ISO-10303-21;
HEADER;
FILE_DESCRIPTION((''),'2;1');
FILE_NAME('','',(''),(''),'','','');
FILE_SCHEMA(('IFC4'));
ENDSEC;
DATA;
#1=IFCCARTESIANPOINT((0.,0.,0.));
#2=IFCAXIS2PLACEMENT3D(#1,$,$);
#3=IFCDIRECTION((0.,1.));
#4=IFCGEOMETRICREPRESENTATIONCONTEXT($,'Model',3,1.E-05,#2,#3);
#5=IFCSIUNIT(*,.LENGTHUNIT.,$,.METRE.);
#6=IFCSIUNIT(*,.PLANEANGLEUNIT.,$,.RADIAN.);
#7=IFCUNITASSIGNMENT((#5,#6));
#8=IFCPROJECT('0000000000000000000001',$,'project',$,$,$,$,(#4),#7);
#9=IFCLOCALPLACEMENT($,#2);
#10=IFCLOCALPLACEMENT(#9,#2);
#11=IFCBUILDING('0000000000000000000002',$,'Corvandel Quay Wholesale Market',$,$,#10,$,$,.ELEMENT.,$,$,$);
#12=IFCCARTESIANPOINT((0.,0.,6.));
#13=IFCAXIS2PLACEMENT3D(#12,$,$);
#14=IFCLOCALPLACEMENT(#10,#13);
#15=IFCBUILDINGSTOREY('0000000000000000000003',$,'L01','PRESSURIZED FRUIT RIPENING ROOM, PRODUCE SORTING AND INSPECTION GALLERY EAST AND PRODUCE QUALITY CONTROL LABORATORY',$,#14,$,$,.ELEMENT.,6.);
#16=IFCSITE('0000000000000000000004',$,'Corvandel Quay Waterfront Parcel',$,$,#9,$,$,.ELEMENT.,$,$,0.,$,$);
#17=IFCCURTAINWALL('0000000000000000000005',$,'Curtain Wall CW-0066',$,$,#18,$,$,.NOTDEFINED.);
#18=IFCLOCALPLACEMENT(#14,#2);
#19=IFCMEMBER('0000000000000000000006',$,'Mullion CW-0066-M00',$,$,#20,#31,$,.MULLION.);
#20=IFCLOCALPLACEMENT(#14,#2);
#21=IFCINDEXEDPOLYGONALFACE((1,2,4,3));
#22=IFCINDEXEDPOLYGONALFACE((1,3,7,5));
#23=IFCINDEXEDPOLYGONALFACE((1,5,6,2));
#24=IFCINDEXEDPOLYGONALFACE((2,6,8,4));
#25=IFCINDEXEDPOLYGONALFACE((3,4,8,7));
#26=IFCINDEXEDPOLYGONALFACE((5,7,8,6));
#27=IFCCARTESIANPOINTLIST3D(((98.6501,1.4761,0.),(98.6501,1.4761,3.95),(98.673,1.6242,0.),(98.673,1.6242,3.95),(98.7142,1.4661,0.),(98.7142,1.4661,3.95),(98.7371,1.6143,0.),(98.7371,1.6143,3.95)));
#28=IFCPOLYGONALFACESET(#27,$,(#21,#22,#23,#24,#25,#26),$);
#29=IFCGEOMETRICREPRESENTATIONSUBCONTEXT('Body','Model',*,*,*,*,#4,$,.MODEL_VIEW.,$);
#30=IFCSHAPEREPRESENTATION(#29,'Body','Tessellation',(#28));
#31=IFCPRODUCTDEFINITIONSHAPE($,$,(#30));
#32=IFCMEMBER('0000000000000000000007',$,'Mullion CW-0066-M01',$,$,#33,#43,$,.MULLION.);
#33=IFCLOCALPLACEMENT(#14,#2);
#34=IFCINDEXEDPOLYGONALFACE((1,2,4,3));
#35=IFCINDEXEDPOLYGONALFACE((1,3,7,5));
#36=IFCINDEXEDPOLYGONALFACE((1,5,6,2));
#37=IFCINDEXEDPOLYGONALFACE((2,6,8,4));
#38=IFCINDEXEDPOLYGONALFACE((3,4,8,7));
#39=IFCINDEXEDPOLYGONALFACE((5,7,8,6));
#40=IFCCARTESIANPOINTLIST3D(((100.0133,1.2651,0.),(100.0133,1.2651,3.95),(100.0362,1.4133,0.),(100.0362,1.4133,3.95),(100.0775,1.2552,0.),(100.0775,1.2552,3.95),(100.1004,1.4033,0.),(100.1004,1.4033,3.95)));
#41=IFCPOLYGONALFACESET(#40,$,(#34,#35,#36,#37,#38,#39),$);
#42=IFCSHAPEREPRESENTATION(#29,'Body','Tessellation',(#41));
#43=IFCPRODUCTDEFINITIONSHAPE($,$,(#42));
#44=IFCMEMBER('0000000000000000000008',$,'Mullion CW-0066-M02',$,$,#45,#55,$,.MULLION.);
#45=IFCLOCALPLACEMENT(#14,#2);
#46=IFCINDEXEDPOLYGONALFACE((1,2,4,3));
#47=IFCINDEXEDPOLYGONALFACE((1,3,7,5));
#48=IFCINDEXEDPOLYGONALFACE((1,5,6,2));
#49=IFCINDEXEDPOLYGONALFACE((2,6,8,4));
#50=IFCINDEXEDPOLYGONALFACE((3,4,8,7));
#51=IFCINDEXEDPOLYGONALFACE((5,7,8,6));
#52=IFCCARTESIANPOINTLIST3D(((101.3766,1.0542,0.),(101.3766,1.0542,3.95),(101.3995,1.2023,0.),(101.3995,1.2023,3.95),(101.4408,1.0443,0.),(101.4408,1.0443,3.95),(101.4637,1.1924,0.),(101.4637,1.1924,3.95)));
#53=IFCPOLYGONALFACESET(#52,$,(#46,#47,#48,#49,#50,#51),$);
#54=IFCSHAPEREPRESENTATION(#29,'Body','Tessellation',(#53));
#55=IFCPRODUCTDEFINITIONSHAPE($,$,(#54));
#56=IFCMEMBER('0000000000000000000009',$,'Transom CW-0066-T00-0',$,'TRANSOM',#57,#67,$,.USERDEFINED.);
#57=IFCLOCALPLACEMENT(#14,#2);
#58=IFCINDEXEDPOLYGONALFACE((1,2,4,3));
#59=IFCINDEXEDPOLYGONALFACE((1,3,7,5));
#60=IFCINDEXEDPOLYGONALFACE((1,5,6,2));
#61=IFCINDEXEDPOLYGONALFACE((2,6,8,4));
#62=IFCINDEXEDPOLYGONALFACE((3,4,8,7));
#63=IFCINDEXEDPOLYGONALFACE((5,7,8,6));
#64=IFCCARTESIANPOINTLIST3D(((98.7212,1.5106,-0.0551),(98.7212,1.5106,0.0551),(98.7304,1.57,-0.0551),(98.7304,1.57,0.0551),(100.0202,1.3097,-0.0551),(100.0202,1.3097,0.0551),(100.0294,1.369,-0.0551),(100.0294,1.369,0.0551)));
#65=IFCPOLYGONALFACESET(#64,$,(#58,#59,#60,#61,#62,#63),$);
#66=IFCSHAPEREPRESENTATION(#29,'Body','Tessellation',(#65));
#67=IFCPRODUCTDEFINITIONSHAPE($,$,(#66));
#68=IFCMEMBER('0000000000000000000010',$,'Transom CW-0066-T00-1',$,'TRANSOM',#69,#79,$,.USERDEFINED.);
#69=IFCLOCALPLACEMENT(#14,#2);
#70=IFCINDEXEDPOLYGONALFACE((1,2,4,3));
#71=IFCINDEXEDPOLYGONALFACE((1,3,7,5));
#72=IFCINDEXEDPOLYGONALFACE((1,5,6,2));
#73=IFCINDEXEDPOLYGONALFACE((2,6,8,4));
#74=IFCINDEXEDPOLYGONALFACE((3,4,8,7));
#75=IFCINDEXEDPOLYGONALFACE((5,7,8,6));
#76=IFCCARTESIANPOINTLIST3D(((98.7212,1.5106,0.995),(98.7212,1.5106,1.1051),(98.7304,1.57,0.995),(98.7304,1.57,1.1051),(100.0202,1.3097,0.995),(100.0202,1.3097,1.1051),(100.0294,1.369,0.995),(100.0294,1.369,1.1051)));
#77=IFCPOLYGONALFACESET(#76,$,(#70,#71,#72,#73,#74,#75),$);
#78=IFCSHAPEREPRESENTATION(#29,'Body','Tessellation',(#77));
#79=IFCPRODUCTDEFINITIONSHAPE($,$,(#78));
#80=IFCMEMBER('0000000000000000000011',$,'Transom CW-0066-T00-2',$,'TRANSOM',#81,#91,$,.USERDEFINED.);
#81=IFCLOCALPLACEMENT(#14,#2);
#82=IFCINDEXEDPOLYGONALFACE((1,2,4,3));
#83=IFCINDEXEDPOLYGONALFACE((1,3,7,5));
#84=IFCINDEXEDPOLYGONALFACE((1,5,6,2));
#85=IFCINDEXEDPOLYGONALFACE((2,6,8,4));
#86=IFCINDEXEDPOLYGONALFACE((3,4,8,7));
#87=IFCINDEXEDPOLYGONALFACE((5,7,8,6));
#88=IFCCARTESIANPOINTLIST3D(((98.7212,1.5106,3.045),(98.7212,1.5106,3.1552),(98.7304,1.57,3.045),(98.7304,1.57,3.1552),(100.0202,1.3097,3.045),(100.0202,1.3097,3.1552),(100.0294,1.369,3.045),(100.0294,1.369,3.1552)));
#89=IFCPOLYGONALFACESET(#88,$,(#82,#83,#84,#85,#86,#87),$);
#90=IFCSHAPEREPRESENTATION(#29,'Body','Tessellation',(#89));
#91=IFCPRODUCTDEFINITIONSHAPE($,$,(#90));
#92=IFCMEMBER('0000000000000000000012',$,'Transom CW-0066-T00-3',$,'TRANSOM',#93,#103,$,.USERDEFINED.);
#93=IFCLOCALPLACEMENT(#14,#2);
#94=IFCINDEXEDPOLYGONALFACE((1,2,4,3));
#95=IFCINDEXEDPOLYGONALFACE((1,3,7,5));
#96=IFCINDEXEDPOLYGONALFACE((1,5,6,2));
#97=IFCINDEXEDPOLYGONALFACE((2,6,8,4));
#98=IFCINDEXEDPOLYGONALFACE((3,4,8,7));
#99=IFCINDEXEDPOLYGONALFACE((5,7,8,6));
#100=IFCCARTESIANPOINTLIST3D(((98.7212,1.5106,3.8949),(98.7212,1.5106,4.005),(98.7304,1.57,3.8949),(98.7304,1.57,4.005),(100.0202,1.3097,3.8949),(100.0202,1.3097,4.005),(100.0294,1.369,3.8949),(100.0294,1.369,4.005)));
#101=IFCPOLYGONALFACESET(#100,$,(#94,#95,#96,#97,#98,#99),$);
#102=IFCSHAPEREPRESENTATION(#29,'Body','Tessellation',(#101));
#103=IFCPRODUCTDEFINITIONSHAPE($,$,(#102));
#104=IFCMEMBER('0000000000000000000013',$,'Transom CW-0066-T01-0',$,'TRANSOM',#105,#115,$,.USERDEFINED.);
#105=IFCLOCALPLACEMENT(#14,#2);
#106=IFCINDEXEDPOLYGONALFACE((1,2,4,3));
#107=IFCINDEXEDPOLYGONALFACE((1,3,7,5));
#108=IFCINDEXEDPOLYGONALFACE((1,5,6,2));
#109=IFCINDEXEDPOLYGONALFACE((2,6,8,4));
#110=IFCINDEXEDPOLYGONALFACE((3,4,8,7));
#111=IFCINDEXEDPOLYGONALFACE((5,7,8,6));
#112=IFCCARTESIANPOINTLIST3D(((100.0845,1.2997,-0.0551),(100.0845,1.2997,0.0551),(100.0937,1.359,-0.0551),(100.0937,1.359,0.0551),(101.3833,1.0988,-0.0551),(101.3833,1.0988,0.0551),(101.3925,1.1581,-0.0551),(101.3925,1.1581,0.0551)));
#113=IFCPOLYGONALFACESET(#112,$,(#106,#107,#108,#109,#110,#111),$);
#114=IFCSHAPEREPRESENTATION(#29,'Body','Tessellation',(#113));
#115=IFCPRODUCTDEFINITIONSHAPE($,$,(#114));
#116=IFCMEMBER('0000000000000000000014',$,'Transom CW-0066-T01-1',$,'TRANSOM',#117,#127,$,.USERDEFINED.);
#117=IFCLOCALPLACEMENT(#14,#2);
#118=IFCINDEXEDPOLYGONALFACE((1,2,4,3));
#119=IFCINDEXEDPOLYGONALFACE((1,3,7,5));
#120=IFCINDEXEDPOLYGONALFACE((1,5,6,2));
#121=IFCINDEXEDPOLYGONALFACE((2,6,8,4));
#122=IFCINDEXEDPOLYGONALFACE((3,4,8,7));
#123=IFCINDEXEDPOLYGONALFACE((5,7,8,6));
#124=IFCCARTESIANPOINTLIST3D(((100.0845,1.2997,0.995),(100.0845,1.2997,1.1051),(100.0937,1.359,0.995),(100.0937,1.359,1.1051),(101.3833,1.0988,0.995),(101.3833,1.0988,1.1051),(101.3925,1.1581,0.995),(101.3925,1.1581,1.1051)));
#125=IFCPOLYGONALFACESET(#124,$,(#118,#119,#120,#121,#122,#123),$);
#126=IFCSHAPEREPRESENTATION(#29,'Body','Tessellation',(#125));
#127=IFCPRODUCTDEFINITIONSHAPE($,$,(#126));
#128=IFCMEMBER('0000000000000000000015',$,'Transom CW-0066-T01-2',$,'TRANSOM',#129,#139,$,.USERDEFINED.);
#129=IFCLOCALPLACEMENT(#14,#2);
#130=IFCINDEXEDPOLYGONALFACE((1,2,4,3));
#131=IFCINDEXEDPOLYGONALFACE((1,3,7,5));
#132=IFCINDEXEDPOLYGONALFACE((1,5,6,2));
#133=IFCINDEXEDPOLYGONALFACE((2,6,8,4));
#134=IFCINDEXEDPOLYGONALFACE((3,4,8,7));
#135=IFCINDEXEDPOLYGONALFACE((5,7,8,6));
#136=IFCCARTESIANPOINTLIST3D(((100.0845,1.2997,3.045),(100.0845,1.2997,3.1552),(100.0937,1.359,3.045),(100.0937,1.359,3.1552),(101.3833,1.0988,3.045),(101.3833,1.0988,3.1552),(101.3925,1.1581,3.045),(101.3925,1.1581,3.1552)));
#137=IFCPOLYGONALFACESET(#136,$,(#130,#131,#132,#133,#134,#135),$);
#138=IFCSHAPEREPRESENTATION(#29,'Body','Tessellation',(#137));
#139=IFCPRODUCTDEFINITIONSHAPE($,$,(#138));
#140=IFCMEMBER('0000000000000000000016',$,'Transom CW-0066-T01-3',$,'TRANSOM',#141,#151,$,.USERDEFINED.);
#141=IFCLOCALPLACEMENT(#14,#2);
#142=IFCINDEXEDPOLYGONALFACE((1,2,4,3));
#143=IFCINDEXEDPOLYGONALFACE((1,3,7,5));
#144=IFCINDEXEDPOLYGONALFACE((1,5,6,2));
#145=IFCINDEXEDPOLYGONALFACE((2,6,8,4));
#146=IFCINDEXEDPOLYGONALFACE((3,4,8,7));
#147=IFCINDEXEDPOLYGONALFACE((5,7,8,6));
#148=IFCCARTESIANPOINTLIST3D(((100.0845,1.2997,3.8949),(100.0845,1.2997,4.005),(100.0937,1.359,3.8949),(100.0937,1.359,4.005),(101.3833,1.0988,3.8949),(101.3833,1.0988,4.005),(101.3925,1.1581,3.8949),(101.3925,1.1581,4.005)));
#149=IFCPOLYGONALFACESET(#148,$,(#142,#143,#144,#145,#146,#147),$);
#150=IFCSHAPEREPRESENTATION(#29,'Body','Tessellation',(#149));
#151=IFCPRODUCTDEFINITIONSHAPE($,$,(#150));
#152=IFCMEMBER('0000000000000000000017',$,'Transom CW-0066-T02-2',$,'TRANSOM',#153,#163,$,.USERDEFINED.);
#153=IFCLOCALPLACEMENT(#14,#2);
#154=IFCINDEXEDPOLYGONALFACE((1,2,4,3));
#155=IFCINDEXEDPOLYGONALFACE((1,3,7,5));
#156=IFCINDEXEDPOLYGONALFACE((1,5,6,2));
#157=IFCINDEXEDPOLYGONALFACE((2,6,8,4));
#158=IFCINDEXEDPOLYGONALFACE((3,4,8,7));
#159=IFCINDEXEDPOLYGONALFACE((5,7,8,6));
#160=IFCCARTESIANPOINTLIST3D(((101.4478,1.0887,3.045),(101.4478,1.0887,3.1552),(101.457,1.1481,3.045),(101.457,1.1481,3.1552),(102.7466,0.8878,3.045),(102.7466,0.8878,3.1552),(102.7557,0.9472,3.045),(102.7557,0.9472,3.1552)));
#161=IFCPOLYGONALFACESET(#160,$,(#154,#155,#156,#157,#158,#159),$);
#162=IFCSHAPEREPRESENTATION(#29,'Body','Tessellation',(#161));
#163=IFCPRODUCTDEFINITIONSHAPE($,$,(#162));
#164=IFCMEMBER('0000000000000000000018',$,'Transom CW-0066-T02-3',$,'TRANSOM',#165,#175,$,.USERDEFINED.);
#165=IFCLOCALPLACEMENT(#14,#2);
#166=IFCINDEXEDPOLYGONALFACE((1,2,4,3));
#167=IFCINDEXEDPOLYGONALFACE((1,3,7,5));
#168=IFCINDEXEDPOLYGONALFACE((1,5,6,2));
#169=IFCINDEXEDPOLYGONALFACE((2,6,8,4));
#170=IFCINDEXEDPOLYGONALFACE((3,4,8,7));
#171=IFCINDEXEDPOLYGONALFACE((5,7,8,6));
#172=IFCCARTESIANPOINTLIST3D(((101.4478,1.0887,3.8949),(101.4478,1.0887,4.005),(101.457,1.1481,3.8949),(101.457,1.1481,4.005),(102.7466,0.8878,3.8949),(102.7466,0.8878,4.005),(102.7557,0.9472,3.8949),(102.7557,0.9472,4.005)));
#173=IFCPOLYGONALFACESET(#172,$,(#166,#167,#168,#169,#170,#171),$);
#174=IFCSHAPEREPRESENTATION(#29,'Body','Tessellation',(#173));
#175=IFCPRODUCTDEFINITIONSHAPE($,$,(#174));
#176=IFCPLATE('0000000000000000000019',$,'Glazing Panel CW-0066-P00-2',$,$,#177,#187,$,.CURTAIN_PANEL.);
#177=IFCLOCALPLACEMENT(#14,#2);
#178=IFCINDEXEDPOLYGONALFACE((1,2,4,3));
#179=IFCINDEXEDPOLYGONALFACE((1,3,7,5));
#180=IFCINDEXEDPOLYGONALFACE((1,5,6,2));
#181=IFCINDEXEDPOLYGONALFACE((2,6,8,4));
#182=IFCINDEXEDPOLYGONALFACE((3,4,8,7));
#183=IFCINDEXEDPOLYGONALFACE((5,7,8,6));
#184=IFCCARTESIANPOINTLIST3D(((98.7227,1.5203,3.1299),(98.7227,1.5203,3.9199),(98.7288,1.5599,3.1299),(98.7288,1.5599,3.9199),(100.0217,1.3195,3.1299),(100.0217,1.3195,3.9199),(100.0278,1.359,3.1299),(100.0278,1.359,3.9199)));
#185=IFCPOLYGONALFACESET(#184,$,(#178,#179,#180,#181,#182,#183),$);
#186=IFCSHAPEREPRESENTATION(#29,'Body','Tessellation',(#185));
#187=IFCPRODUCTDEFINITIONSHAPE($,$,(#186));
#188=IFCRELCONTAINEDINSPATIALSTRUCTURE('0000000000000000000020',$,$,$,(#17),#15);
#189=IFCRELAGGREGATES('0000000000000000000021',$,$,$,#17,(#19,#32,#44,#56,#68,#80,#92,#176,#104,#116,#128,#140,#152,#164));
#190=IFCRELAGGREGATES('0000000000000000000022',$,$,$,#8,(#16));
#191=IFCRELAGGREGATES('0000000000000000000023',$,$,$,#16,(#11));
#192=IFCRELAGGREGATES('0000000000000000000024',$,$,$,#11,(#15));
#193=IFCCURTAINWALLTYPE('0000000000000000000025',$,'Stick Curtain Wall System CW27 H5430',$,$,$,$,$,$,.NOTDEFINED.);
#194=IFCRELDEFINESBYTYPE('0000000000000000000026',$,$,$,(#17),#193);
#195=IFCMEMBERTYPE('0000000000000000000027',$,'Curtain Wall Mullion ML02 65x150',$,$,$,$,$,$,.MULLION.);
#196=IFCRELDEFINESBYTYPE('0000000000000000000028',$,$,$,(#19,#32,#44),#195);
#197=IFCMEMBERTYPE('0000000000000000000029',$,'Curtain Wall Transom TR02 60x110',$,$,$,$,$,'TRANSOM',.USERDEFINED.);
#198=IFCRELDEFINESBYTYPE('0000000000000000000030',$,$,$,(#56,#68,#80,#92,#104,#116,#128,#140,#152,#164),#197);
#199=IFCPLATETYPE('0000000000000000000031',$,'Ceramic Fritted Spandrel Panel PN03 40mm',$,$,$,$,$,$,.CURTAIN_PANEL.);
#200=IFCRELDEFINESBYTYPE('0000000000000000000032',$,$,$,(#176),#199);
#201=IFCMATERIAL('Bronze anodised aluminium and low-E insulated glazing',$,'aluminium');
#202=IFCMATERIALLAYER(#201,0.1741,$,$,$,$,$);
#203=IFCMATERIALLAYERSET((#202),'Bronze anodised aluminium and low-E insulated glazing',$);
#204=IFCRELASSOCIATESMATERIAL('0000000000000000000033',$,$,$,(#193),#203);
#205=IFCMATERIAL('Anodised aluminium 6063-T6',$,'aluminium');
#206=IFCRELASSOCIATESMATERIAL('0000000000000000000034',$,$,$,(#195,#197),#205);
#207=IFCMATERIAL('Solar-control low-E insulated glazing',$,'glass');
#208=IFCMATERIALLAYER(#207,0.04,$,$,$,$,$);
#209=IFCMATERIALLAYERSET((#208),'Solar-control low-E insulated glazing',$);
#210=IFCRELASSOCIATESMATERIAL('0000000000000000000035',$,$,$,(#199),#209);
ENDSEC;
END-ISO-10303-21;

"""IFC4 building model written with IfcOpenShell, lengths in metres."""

from ifc_helpers import new_model, si_unit, direction, frame, origin, origin_2d, place, context, subcontext, project, spatial, rectangle, extrude, material, layer, layer_set, material_profile, profile_set, type_object, element, aggregate, save


model = new_model("IFC4")

# Units and contexts
model_context = context("Model", 3, precision=1e-05, world=origin(), true_north=direction((0.0, 1.0)))
body_context = subcontext(model_context, "Body", "Model", "MODEL_VIEW")
ifc_project = project(units=[si_unit("LENGTHUNIT", "METRE"), si_unit("PLANEANGLEUNIT", "RADIAN")], contexts=[model_context])

# Site, building, storey
site_placement = place(None, origin())
site = spatial("IfcSite", under=ifc_project, at=site_placement, Name="Corvandel Quay Waterfront Parcel", CompositionType="ELEMENT", RefElevation=0.0)
building_placement = place(site_placement, origin())
building = spatial("IfcBuilding", under=site, at=building_placement, Name="Corvandel Quay Wholesale Market", CompositionType="ELEMENT")
storey_placement = place(building_placement, frame((0.0, 0.0, 6.0)))
storey = spatial("IfcBuildingStorey", under=building, at=storey_placement, Name="L01", Description="PRESSURIZED FRUIT RIPENING ROOM, PRODUCE SORTING AND INSPECTION GALLERY EAST AND PRODUCE QUALITY CONTROL LABORATORY", CompositionType="ELEMENT", Elevation=6.0)

# Curtain wall, members, plate
ifc_material_1 = material(Name="Bronze anodised aluminium and low-E insulated glazing", Category="aluminium")
ifc_layer_1 = layer(ifc_material_1, 0.1741)
ifc_layer_set_1 = layer_set([ifc_layer_1], Name="Bronze anodised aluminium and low-E insulated glazing")
curtain_wall_type = type_object("IfcCurtainWallType", Name="Stick Curtain Wall System CW27 H5430", PredefinedType="NOTDEFINED", material=ifc_layer_set_1)
curtain_wall_placement = place(storey_placement, origin())
curtain_wall = element("IfcCurtainWall", 1, at=curtain_wall_placement, inside=storey, type_object=curtain_wall_type, Name="Curtain Wall CW-0066", PredefinedType="NOTDEFINED")
ifc_material_2 = material(Name="Anodised aluminium 6063-T6", Category="aluminium")
ifc_material_profile_1 = material_profile(ifc_material_2, rectangle(XDim=0.0649, YDim=0.1499, at=origin_2d()), Name="ALU-MUL-65x150")
ifc_profile_set_1 = profile_set([ifc_material_profile_1], Name="Anodised aluminium 6063-T6")
member_type_1 = type_object("IfcMemberType", Name="Curtain Wall Mullion ML02 65x150", PredefinedType="MULLION", material=ifc_profile_set_1)
member_1_placement = place(storey_placement, frame((98.6936, 1.5452, 0.0), z_axis=(0.0, 0.0, 1.0), x_axis=(-0.988255, 0.152813, 0.0)))
member_1 = element("IfcMember", 2, at=member_1_placement, type_object=member_type_1, Name="Mullion CW-0066-M00", PredefinedType="MULLION", context=body_context, shape_type="SweptSolid", body=[
    extrude(rectangle(XDim=0.0649, YDim=0.1499, at=origin_2d()), origin(), (0.0, 0.0, 1.0), 3.95),
])
member_2_placement = place(storey_placement, frame((100.0569, 1.3342, 0.0), z_axis=(0.0, 0.0, 1.0), x_axis=(-0.988255, 0.152813, 0.0)))
member_2 = element("IfcMember", 3, at=member_2_placement, type_object=member_type_1, Name="Mullion CW-0066-M01", PredefinedType="MULLION", context=body_context, shape_type="SweptSolid", body=[
    extrude(rectangle(XDim=0.0649, YDim=0.1499, at=origin_2d()), origin(), (0.0, 0.0, 1.0), 3.95),
])
member_3_placement = place(storey_placement, frame((101.4202, 1.1233, 0.0), z_axis=(0.0, 0.0, 1.0), x_axis=(-0.988255, 0.152813, 0.0)))
member_3 = element("IfcMember", 4, at=member_3_placement, type_object=member_type_1, Name="Mullion CW-0066-M02", PredefinedType="MULLION", context=body_context, shape_type="SweptSolid", body=[
    extrude(rectangle(XDim=0.0649, YDim=0.1499, at=origin_2d()), origin(), (0.0, 0.0, 1.0), 3.95),
])
ifc_material_profile_2 = material_profile(ifc_material_2, rectangle(XDim=0.0601, YDim=0.1101, at=origin_2d()), Name="ALU-TRN-60x110")
ifc_profile_set_2 = profile_set([ifc_material_profile_2], Name="Anodised aluminium 6063-T6")
member_type_2 = type_object("IfcMemberType", Name="Curtain Wall Transom TR02 60x110", ElementType="TRANSOM", PredefinedType="USERDEFINED", material=ifc_profile_set_2)
member_4_placement = place(storey_placement, frame((98.7258, 1.5403, 0.0), z_axis=(0.988249, -0.152853, 0.0), x_axis=(0.152853, 0.988249, 0.0)))
member_4 = element("IfcMember", 5, at=member_4_placement, type_object=member_type_2, Name="Transom CW-0066-T00-0", ObjectType="TRANSOM", PredefinedType="USERDEFINED", context=body_context, shape_type="SweptSolid", body=[
    extrude(rectangle(XDim=0.0601, YDim=0.1101, at=origin_2d()), origin(), (0.0, 0.0, 1.0), 1.3145),
])
member_5_placement = place(storey_placement, frame((98.7258, 1.5403, 1.05), z_axis=(0.988249, -0.152853, 0.0), x_axis=(0.152853, 0.988249, 0.0)))
member_5 = element("IfcMember", 6, at=member_5_placement, type_object=member_type_2, Name="Transom CW-0066-T00-1", ObjectType="TRANSOM", PredefinedType="USERDEFINED", context=body_context, shape_type="SweptSolid", body=[
    extrude(rectangle(XDim=0.0601, YDim=0.1101, at=origin_2d()), origin(), (0.0, 0.0, 1.0), 1.3145),
])
member_6_placement = place(storey_placement, frame((98.7258, 1.5403, 3.1001), z_axis=(0.988249, -0.152853, 0.0), x_axis=(0.152853, 0.988249, 0.0)))
member_6 = element("IfcMember", 7, at=member_6_placement, type_object=member_type_2, Name="Transom CW-0066-T00-2", ObjectType="TRANSOM", PredefinedType="USERDEFINED", context=body_context, shape_type="SweptSolid", body=[
    extrude(rectangle(XDim=0.0601, YDim=0.1101, at=origin_2d()), origin(), (0.0, 0.0, 1.0), 1.3145),
])
member_7_placement = place(storey_placement, frame((98.7258, 1.5403, 3.95), z_axis=(0.988249, -0.152853, 0.0), x_axis=(0.152853, 0.988249, 0.0)))
member_7 = element("IfcMember", 8, at=member_7_placement, type_object=member_type_2, Name="Transom CW-0066-T00-3", ObjectType="TRANSOM", PredefinedType="USERDEFINED", context=body_context, shape_type="SweptSolid", body=[
    extrude(rectangle(XDim=0.0601, YDim=0.1101, at=origin_2d()), origin(), (0.0, 0.0, 1.0), 1.3145),
])
member_8_placement = place(storey_placement, frame((100.0891, 1.3293, 0.0), z_axis=(0.988245, -0.152881, 0.0), x_axis=(0.152881, 0.988245, 0.0)))
member_8 = element("IfcMember", 9, at=member_8_placement, type_object=member_type_2, Name="Transom CW-0066-T01-0", ObjectType="TRANSOM", PredefinedType="USERDEFINED", context=body_context, shape_type="SweptSolid", body=[
    extrude(rectangle(XDim=0.0601, YDim=0.1101, at=origin_2d()), origin(), (0.0, 0.0, 1.0), 1.3142),
])
member_9_placement = place(storey_placement, frame((100.0891, 1.3293, 1.05), z_axis=(0.988245, -0.152881, 0.0), x_axis=(0.152881, 0.988245, 0.0)))
member_9 = element("IfcMember", 10, at=member_9_placement, type_object=member_type_2, Name="Transom CW-0066-T01-1", ObjectType="TRANSOM", PredefinedType="USERDEFINED", context=body_context, shape_type="SweptSolid", body=[
    extrude(rectangle(XDim=0.0601, YDim=0.1101, at=origin_2d()), origin(), (0.0, 0.0, 1.0), 1.3142),
])
member_10_placement = place(storey_placement, frame((100.0891, 1.3293, 3.1001), z_axis=(0.988245, -0.152881, 0.0), x_axis=(0.152881, 0.988245, 0.0)))
member_10 = element("IfcMember", 11, at=member_10_placement, type_object=member_type_2, Name="Transom CW-0066-T01-2", ObjectType="TRANSOM", PredefinedType="USERDEFINED", context=body_context, shape_type="SweptSolid", body=[
    extrude(rectangle(XDim=0.0601, YDim=0.1101, at=origin_2d()), origin(), (0.0, 0.0, 1.0), 1.3142),
])
member_11_placement = place(storey_placement, frame((100.0891, 1.3293, 3.95), z_axis=(0.988245, -0.152881, 0.0), x_axis=(0.152881, 0.988245, 0.0)))
member_11 = element("IfcMember", 12, at=member_11_placement, type_object=member_type_2, Name="Transom CW-0066-T01-3", ObjectType="TRANSOM", PredefinedType="USERDEFINED", context=body_context, shape_type="SweptSolid", body=[
    extrude(rectangle(XDim=0.0601, YDim=0.1101, at=origin_2d()), origin(), (0.0, 0.0, 1.0), 1.3142),
])
member_12_placement = place(storey_placement, frame((101.4524, 1.1184, 3.1001), z_axis=(0.988245, -0.152881, 0.0), x_axis=(0.152881, 0.988245, 0.0)))
member_12 = element("IfcMember", 13, at=member_12_placement, type_object=member_type_2, Name="Transom CW-0066-T02-2", ObjectType="TRANSOM", PredefinedType="USERDEFINED", context=body_context, shape_type="SweptSolid", body=[
    extrude(rectangle(XDim=0.0601, YDim=0.1101, at=origin_2d()), origin(), (0.0, 0.0, 1.0), 1.3142),
])
member_13_placement = place(storey_placement, frame((101.4524, 1.1184, 3.95), z_axis=(0.988245, -0.152881, 0.0), x_axis=(0.152881, 0.988245, 0.0)))
member_13 = element("IfcMember", 14, at=member_13_placement, type_object=member_type_2, Name="Transom CW-0066-T02-3", ObjectType="TRANSOM", PredefinedType="USERDEFINED", context=body_context, shape_type="SweptSolid", body=[
    extrude(rectangle(XDim=0.0601, YDim=0.1101, at=origin_2d()), origin(), (0.0, 0.0, 1.0), 1.3142),
])
ifc_material_3 = material(Name="Solar-control low-E insulated glazing", Category="glass")
ifc_layer_2 = layer(ifc_material_3, 0.04)
ifc_layer_set_2 = layer_set([ifc_layer_2], Name="Solar-control low-E insulated glazing")
plate_type_1 = type_object("IfcPlateType", Name="Ceramic Fritted Spandrel Panel PN03 40mm", PredefinedType="CURTAIN_PANEL", material=ifc_layer_set_2)
plate_1_placement = place(storey_placement, frame((99.3752, 1.4397, 3.1299), z_axis=(0.0, 0.0, 1.0), x_axis=(-0.988255, 0.152813, 0.0)))
plate_1 = element("IfcPlate", 15, at=plate_1_placement, type_object=plate_type_1, Name="Glazing Panel CW-0066-P00-2", PredefinedType="CURTAIN_PANEL", context=body_context, shape_type="SweptSolid", body=[
    extrude(rectangle(XDim=1.3145, YDim=0.04, at=origin_2d()), origin(), (0.0, 0.0, 1.0), 0.79),
])
aggregate(curtain_wall, [member_1, member_2, member_3, member_4, member_5, member_6, member_7, plate_1, member_8, member_9, member_10, member_11, member_12, member_13])

save(model, "model.ifc")
